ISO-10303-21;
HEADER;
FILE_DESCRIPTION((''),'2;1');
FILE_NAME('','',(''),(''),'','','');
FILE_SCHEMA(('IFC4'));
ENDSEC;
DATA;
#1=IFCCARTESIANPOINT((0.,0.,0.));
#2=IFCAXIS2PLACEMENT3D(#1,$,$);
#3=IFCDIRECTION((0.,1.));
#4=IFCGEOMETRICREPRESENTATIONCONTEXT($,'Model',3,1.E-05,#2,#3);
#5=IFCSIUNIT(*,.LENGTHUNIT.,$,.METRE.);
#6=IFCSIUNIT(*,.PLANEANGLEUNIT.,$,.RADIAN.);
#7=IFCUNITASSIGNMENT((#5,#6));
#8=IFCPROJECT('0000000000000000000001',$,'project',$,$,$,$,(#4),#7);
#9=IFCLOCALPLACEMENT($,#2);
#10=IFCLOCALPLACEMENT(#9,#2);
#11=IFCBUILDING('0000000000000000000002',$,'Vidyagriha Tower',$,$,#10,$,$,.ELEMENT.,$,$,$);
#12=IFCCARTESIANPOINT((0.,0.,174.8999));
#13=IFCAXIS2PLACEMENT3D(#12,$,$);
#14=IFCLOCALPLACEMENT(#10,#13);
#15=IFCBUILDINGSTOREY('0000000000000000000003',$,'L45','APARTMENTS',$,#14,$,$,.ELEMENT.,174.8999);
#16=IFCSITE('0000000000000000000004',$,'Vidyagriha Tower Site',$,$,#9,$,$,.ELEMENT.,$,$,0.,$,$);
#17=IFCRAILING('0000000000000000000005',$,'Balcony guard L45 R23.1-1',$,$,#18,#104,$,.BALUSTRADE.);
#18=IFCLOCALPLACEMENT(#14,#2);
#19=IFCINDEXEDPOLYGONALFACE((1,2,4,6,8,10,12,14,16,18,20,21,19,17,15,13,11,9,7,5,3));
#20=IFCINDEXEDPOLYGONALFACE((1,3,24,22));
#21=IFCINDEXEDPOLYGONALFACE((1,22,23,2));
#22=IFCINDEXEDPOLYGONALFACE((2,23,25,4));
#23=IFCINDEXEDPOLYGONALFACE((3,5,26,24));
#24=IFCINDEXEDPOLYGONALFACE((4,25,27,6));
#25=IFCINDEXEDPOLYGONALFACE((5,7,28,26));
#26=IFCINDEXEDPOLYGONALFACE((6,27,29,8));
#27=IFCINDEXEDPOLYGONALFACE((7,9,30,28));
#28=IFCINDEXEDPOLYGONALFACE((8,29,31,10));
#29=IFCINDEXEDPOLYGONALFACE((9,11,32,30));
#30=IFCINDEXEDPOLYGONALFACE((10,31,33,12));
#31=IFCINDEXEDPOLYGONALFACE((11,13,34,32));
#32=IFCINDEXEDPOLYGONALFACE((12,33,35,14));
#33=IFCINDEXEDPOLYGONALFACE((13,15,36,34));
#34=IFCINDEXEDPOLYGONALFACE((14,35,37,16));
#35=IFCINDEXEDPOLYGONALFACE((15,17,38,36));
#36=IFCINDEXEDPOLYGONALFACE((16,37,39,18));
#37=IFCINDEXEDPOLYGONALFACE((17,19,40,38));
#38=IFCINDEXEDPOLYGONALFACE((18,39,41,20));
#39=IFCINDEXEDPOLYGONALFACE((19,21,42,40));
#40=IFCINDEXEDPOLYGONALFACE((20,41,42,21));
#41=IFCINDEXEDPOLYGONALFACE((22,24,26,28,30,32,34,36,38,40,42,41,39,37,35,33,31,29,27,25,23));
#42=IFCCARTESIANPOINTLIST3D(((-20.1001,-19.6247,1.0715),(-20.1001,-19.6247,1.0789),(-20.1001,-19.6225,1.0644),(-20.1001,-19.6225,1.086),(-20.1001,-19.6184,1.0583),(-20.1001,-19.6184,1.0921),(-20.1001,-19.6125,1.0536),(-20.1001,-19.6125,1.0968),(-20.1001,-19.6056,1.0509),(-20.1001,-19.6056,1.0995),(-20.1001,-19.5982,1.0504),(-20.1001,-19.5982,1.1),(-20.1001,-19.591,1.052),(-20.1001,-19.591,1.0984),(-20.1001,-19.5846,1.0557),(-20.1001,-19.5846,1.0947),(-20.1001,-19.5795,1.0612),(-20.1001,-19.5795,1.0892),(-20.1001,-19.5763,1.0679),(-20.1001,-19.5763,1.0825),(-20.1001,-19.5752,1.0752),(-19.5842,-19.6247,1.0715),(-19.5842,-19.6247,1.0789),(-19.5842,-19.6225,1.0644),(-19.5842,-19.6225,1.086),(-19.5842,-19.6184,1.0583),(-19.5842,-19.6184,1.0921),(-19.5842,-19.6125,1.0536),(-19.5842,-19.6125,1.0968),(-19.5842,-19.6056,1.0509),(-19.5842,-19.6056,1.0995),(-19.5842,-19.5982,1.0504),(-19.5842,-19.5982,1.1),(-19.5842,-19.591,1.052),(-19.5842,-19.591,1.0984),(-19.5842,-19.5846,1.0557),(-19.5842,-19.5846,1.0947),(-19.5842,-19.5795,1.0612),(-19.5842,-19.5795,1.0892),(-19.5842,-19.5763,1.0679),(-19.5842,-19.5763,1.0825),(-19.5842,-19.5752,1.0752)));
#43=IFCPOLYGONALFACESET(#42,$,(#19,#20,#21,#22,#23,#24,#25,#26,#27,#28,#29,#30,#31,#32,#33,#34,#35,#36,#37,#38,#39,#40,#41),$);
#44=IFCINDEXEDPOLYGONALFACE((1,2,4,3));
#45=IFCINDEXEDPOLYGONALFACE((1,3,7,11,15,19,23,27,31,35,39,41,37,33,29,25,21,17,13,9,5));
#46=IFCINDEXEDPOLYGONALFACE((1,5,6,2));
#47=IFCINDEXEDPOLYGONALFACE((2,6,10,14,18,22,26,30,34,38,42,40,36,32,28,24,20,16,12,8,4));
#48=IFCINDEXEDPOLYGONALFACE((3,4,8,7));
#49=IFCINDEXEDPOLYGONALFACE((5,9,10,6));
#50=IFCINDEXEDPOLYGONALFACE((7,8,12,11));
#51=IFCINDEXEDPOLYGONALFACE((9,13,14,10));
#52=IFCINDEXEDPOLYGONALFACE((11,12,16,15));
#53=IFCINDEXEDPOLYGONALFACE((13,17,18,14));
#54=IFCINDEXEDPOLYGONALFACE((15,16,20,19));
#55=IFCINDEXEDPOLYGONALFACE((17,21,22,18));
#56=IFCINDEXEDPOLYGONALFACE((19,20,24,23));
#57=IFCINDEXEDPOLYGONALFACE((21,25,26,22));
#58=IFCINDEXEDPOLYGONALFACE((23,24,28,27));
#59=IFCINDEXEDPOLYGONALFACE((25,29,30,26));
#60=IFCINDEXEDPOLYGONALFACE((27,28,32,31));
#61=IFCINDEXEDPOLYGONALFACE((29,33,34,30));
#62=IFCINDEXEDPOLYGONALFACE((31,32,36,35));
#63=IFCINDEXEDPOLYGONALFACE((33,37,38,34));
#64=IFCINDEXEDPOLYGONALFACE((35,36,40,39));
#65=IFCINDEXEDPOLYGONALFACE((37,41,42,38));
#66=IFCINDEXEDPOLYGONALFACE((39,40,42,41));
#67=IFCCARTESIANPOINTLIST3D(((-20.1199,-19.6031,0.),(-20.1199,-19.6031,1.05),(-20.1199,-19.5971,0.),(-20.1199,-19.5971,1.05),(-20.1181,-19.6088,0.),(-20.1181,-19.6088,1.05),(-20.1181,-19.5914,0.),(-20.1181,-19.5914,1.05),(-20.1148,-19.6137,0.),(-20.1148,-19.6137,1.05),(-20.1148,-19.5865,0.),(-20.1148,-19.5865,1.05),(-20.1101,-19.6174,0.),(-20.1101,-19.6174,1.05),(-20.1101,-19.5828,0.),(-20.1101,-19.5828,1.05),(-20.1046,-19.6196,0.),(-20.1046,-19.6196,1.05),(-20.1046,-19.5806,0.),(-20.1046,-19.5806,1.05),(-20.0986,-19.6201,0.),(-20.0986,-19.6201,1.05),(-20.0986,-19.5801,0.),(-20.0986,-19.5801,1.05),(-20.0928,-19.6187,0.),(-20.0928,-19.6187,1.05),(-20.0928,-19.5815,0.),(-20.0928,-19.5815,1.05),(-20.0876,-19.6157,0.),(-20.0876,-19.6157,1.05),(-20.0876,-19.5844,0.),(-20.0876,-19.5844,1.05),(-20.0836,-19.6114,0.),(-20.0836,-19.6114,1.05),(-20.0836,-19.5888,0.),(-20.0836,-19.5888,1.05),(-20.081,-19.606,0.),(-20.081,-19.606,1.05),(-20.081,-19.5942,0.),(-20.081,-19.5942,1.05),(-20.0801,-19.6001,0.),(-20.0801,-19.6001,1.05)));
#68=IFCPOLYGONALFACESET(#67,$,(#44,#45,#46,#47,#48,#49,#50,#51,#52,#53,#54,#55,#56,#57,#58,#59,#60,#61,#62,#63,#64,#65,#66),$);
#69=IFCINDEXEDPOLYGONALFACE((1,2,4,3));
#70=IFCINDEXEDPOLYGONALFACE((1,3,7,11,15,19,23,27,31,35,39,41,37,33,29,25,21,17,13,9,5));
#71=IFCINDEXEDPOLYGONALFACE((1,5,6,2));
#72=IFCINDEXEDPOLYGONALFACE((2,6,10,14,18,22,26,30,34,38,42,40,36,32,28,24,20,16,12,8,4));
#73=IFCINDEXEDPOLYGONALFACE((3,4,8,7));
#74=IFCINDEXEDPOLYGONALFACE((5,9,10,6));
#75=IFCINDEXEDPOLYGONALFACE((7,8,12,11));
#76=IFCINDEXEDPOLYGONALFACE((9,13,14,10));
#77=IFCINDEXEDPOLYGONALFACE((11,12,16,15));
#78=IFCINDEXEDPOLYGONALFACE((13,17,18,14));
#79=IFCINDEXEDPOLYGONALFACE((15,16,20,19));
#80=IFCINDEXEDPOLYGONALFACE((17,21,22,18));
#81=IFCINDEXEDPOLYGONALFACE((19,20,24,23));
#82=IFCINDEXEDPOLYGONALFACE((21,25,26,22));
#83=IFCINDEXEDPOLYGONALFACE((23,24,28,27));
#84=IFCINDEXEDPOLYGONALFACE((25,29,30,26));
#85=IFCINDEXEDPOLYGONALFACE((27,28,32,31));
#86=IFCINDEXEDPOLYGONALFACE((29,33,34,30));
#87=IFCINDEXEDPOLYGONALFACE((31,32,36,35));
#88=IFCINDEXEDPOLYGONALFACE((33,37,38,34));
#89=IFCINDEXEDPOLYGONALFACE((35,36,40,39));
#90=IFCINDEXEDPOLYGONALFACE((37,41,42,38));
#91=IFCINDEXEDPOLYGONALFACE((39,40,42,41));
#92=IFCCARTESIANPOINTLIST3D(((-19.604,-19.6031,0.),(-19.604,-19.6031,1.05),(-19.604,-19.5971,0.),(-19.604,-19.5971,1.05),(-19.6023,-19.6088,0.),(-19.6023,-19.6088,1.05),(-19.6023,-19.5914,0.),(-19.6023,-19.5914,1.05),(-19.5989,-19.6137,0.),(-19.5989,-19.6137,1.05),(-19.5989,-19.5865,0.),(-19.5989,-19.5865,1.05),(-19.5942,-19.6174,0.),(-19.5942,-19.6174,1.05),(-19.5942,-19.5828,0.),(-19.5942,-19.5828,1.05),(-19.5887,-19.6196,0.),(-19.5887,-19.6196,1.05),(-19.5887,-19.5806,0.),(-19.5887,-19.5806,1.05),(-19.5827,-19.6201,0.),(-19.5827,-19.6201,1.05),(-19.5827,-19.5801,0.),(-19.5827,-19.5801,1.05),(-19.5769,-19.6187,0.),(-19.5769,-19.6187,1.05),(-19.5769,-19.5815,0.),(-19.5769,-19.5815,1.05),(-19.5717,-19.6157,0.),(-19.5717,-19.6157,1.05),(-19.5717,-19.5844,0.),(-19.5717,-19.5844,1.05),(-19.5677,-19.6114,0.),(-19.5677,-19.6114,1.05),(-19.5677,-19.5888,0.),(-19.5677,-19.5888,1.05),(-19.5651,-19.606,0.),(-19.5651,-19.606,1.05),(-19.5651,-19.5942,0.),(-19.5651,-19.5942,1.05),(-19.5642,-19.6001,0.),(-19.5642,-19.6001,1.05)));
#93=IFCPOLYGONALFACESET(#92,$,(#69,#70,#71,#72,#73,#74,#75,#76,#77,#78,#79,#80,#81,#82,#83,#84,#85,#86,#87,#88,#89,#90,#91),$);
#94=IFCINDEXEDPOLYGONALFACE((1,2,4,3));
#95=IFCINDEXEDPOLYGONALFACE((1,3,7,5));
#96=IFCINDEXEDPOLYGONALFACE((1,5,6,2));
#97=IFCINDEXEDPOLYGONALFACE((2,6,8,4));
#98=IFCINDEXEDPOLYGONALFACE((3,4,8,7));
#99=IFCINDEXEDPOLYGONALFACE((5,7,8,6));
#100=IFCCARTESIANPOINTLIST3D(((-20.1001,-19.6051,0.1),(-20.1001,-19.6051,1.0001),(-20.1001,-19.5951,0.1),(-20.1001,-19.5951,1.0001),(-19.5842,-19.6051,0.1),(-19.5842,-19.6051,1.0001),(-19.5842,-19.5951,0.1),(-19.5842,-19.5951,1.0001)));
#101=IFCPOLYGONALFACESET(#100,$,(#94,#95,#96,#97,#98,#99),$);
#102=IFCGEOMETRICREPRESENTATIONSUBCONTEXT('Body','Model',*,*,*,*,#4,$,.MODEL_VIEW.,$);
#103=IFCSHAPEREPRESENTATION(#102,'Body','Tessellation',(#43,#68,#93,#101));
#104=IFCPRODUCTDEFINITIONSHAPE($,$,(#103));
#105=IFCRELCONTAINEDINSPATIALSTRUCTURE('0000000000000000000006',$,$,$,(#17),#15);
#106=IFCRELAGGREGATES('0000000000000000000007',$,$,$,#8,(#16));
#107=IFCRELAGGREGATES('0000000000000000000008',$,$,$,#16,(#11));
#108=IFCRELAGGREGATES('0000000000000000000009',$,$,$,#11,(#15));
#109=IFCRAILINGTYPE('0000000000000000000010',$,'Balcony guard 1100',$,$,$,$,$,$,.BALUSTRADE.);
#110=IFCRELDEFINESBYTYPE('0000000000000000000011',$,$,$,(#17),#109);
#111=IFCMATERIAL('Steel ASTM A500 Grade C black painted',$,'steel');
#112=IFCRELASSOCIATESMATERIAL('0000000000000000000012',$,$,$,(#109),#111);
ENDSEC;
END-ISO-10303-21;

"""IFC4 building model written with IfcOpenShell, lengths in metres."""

from ifc_helpers import new_model, si_unit, direction, frame, origin, origin_2d, place, context, subcontext, project, spatial, rectangle, circle, extrude, material, type_object, element, save


model = new_model("IFC4")

# Units and contexts
model_context = context("Model", 3, precision=1e-05, world=origin(), true_north=direction((0.0, 1.0)))
body_context = subcontext(model_context, "Body", "Model", "MODEL_VIEW")
ifc_project = project(units=[si_unit("LENGTHUNIT", "METRE"), si_unit("PLANEANGLEUNIT", "RADIAN")], contexts=[model_context])

# Site, building, storey
site_placement = place(None, origin())
site = spatial("IfcSite", under=ifc_project, at=site_placement, Name="Vidyagriha Tower Site", CompositionType="ELEMENT", RefElevation=0.0)
building_placement = place(site_placement, origin())
building = spatial("IfcBuilding", under=site, at=building_placement, Name="Vidyagriha Tower", CompositionType="ELEMENT")
storey_placement = place(building_placement, frame((0.0, 0.0, 174.8999)))
storey = spatial("IfcBuildingStorey", under=building, at=storey_placement, Name="L45", Description="APARTMENTS", CompositionType="ELEMENT", Elevation=174.8999)

# Railing
ifc_material_1 = material(Name="Steel ASTM A500 Grade C black painted", Category="steel")
railing_type_1 = type_object("IfcRailingType", Name="Balcony guard 1100", PredefinedType="BALUSTRADE", material=ifc_material_1)
railing_1_placement = place(storey_placement, frame((-20.1001, -19.6001, 0.0)))
element("IfcRailing", 1, at=railing_1_placement, inside=storey, type_object=railing_type_1, Name="Balcony guard L45 R23.1-1", PredefinedType="BALUSTRADE", context=body_context, shape_type="SweptSolid", body=[
    extrude(circle(Radius=0.0249, at=origin_2d()), frame((0.0, 0.0, 1.0752), z_axis=(1.0, 0.0, 0.0), x_axis=(0.0, 1.0, 0.0)), (0.0, 0.0, 1.0), 0.5159),
    extrude(circle(Radius=0.02, at=origin_2d()), origin(), (0.0, 0.0, 1.0), 1.05),
    extrude(circle(Radius=0.02, at=origin_2d()), frame((0.5159, 0.0, 0.0)), (0.0, 0.0, 1.0), 1.05),
    extrude(rectangle(XDim=0.01, YDim=0.9001, at=origin_2d()), frame((0.0, 0.0, 0.55), z_axis=(1.0, 0.0, 0.0), x_axis=(0.0, 1.0, 0.0)), (0.0, 0.0, 1.0), 0.5159),
])

save(model, "model.ifc")
